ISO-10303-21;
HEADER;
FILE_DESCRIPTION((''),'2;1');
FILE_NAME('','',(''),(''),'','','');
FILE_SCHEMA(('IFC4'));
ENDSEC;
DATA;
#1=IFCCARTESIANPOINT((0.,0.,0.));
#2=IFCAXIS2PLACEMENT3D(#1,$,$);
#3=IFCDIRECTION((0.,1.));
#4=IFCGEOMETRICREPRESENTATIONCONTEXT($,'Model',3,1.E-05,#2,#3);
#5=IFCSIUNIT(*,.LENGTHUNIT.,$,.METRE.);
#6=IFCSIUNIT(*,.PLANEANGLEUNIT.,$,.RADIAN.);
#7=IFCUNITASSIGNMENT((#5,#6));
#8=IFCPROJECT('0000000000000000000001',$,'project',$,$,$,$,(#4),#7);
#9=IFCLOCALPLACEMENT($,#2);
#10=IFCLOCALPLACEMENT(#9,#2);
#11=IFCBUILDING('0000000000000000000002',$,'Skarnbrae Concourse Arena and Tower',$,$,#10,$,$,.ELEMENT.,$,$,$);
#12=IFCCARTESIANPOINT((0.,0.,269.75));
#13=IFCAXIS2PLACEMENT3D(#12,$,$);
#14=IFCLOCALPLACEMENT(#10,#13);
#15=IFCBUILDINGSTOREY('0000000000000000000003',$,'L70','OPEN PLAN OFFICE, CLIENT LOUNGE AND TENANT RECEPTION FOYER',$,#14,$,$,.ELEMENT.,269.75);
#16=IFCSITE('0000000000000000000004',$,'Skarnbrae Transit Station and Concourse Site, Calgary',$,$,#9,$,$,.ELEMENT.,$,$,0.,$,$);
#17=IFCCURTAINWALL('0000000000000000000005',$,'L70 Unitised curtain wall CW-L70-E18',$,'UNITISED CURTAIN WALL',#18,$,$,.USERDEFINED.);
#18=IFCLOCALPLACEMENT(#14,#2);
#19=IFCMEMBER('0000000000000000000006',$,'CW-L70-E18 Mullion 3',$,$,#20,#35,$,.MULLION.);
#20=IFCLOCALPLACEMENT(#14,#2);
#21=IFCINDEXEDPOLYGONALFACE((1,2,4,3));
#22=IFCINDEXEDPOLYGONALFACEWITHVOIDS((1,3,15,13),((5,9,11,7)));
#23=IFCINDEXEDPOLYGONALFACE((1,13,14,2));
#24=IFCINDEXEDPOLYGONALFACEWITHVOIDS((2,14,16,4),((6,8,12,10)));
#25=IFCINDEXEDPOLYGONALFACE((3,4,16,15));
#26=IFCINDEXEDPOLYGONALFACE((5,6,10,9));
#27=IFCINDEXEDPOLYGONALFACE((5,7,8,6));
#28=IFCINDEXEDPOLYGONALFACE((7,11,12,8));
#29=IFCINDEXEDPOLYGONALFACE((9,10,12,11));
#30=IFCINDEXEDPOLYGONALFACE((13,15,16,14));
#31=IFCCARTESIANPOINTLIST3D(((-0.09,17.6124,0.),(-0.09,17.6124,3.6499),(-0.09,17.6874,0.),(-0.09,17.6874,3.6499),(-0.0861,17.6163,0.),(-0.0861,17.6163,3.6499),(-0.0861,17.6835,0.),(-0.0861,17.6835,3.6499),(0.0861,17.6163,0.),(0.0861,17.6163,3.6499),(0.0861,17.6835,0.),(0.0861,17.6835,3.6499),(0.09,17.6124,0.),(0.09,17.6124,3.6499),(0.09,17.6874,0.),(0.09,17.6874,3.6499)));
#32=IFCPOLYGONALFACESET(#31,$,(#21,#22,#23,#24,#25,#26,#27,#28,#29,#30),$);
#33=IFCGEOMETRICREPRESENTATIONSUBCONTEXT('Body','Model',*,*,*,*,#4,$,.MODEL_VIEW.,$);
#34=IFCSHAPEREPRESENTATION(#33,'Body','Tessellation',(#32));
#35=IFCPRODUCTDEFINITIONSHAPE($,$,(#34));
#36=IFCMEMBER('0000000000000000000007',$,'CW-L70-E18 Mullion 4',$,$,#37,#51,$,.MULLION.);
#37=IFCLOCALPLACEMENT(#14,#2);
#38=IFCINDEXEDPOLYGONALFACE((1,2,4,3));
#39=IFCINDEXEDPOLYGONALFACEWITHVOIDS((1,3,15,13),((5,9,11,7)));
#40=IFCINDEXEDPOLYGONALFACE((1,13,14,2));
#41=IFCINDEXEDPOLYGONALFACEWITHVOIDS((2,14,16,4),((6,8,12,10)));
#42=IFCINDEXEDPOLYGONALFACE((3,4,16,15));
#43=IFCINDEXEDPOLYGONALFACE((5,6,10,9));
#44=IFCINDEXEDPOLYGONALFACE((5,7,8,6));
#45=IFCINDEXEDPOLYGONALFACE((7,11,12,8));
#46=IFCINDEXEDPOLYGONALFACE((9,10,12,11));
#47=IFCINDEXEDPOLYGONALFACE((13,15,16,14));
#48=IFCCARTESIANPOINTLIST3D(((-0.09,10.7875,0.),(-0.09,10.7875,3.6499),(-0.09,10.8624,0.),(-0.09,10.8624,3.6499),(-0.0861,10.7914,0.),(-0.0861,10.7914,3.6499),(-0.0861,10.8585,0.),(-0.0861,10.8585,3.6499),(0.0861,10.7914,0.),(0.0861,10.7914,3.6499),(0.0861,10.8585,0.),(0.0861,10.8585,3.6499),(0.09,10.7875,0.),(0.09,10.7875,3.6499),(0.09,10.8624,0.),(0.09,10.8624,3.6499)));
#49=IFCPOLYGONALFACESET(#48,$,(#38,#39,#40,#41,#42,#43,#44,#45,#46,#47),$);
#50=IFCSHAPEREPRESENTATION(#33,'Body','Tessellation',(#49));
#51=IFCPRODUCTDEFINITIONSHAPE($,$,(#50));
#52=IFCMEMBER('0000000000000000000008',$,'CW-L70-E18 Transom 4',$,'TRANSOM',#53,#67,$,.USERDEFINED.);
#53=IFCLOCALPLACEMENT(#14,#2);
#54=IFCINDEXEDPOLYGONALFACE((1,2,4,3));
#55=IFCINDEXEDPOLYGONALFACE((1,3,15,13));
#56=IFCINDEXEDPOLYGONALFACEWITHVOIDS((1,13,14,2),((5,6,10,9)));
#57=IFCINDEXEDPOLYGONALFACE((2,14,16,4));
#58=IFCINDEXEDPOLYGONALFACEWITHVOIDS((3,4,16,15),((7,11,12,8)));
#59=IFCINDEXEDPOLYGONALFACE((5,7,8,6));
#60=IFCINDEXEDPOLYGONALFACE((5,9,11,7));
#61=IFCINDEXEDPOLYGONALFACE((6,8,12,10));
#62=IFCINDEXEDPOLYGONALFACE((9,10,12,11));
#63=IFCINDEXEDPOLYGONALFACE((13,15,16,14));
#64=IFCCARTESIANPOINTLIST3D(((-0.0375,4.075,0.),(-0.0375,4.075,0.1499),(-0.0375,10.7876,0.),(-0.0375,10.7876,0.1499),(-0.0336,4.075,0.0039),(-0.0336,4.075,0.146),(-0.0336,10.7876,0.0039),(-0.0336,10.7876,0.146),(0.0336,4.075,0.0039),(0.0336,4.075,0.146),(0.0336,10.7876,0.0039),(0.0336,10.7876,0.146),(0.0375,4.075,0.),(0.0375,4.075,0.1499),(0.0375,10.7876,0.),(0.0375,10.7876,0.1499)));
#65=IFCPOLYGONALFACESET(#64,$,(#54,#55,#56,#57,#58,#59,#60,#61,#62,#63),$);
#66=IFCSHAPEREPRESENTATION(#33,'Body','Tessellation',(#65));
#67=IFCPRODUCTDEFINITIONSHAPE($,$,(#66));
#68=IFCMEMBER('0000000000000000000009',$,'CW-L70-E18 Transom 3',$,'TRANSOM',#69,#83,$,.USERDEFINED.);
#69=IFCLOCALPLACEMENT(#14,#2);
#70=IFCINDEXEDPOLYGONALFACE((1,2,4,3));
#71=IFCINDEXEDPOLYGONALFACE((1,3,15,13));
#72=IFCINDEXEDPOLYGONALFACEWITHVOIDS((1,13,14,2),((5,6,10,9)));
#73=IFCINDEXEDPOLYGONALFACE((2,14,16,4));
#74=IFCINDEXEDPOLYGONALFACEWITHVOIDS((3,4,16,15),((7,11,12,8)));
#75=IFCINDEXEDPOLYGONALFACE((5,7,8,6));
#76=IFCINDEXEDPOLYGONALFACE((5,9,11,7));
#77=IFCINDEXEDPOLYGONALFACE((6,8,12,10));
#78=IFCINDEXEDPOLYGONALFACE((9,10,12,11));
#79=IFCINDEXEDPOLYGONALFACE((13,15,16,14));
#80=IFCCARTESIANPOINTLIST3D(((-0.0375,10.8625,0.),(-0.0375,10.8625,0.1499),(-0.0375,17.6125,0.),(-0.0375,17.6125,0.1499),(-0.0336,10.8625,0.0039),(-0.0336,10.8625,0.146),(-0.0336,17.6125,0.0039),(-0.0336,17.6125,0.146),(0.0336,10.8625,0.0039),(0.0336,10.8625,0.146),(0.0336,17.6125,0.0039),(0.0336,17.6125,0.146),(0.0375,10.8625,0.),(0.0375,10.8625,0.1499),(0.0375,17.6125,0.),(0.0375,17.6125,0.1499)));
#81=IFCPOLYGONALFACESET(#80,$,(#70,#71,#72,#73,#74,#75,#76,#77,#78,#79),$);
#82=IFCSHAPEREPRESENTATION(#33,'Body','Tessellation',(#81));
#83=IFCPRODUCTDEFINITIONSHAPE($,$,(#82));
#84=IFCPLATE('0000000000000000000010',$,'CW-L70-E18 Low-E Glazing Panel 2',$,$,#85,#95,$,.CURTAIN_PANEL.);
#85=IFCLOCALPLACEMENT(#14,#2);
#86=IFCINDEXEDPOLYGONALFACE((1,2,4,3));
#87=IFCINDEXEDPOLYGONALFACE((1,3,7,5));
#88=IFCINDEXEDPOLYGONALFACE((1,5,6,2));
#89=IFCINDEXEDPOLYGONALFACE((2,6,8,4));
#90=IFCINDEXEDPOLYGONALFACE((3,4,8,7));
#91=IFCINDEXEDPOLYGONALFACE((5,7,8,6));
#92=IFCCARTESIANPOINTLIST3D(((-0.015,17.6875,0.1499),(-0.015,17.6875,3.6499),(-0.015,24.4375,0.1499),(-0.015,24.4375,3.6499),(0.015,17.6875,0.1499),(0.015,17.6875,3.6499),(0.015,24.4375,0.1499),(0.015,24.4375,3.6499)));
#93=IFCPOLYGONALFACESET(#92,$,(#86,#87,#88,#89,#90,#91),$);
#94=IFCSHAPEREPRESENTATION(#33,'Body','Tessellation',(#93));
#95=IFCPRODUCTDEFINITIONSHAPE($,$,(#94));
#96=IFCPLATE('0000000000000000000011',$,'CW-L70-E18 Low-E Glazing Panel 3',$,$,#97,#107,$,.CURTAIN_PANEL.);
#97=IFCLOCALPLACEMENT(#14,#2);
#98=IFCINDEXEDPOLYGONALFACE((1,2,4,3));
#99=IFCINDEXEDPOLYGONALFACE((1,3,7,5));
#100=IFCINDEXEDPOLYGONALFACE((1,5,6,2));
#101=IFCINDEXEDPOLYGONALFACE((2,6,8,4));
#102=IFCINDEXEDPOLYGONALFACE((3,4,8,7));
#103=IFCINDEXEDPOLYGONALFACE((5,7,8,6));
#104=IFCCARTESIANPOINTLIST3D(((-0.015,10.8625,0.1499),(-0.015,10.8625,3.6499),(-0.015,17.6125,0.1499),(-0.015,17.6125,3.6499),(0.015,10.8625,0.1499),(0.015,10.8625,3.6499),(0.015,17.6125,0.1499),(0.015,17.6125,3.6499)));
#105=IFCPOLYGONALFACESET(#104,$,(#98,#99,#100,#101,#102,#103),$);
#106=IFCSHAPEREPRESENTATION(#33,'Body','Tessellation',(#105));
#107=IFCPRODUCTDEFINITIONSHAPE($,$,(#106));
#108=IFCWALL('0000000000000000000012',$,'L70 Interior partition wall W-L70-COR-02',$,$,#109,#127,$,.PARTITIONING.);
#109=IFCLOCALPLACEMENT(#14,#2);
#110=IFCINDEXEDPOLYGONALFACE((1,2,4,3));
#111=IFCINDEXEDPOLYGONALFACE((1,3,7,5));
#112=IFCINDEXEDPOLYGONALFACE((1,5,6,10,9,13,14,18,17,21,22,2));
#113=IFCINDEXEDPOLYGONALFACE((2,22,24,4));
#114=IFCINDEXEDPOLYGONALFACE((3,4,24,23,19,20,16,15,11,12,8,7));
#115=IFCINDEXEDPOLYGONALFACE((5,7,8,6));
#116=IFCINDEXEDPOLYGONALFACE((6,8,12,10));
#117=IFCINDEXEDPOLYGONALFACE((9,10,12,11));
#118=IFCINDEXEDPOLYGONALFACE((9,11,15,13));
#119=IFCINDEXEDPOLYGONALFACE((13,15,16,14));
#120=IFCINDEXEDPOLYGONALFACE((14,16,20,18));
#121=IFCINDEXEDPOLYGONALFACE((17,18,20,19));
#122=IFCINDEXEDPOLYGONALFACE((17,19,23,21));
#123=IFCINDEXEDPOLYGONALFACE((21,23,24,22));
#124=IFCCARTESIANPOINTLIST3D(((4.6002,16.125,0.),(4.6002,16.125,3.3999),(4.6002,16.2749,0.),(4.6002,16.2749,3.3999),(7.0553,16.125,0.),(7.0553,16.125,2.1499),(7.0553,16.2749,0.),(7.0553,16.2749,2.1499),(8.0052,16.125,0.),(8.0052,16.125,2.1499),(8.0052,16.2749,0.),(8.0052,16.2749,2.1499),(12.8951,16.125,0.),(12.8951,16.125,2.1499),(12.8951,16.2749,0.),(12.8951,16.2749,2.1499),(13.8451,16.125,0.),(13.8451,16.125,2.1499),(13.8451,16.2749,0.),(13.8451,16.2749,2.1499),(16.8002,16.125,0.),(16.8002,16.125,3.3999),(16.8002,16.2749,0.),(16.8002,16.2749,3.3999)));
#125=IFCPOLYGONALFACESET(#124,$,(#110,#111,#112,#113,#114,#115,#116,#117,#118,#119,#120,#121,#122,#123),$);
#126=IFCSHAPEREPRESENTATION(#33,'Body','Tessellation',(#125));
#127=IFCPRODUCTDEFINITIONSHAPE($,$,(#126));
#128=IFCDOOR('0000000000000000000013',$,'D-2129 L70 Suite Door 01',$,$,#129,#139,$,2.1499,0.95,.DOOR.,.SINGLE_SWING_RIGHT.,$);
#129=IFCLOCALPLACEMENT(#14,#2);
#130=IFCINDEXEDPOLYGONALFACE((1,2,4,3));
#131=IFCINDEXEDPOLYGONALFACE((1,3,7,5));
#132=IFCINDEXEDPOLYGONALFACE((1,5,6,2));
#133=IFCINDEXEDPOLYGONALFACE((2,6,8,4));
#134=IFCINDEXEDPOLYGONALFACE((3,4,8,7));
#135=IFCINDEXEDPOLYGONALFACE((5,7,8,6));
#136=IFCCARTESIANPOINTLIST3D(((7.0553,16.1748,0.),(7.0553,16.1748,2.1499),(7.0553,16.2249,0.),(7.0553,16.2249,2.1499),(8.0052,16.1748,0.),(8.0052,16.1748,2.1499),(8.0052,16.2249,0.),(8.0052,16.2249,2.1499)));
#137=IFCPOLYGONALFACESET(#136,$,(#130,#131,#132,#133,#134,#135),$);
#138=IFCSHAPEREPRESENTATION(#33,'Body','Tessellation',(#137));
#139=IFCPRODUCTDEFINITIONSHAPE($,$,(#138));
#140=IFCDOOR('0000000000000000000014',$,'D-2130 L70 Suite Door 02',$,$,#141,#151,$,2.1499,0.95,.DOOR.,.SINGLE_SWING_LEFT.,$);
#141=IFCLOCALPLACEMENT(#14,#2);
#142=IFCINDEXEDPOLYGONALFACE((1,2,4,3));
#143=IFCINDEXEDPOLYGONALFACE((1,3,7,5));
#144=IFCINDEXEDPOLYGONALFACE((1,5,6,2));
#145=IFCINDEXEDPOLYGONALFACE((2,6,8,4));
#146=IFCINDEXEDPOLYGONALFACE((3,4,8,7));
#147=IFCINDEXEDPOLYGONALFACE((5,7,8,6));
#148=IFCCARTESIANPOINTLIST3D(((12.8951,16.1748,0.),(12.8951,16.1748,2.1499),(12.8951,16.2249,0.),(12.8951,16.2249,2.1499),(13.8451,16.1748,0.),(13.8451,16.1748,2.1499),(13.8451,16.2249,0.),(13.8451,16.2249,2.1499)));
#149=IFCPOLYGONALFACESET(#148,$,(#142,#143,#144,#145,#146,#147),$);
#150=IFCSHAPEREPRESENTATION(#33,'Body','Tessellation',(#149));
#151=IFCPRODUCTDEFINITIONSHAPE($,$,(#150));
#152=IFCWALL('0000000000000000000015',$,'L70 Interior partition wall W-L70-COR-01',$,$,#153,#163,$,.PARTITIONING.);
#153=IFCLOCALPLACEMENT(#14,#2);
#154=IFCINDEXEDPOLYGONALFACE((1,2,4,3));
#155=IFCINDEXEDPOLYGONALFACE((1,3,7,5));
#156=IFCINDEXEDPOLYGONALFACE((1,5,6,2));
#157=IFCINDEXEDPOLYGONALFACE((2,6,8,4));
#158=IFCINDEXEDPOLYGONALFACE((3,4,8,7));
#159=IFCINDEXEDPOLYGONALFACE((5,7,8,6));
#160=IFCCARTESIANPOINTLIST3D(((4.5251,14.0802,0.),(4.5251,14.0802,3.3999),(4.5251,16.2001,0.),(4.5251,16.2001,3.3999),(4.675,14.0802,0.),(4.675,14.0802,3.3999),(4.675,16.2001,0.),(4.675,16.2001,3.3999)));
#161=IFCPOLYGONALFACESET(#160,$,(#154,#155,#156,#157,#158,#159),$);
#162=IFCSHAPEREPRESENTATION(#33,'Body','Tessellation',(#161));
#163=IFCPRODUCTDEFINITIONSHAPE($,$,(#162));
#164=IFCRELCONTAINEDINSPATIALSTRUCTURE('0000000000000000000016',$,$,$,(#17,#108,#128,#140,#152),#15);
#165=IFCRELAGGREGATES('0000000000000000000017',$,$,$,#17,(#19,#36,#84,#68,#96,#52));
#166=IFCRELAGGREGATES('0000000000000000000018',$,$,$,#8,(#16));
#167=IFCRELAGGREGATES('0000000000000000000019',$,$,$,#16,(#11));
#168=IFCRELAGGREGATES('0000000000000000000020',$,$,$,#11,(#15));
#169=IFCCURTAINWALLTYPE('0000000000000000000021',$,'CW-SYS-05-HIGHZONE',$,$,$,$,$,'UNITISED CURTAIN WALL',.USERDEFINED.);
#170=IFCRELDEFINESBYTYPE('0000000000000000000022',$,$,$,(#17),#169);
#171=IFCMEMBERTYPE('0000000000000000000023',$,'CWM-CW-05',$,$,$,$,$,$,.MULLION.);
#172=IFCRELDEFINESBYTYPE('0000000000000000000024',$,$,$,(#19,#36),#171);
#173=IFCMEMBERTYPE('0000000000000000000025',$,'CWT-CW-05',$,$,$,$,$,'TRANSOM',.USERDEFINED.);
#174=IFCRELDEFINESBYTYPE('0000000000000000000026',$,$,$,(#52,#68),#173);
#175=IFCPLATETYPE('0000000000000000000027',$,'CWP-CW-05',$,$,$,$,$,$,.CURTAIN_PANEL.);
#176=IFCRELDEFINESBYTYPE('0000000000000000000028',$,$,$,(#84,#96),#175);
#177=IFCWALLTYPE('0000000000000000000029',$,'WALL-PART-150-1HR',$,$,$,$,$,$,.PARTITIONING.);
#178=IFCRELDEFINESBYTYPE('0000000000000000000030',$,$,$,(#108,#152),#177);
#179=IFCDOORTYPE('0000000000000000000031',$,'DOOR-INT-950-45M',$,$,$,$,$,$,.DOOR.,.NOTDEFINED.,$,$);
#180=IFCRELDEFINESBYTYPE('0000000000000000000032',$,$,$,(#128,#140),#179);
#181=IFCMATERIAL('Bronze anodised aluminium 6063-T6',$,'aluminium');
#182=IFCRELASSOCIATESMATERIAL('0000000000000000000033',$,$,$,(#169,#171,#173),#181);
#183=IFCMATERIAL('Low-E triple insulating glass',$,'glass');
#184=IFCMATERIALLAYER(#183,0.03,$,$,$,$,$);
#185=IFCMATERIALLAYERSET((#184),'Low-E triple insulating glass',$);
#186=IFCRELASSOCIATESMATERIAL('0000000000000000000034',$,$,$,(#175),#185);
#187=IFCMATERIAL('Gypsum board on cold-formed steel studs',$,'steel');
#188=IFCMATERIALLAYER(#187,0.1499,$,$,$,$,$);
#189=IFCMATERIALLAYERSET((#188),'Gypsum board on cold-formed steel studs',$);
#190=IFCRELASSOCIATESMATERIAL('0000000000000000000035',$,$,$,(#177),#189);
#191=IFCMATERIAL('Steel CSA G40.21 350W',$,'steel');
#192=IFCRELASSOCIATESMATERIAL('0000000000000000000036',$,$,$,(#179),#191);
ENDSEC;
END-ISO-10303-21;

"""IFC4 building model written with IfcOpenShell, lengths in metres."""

from ifc_helpers import new_model, si_unit, direction, frame, frame_2d, origin, origin_2d, place, context, subcontext, project, spatial, rectangle, hollow_rectangle, extrude, source, transform, mapped, material, layer, layer_set, material_profile, profile_set, type_object, element, fill, aggregate, save


model = new_model("IFC4")

# Units and contexts
model_context = context("Model", 3, precision=1e-05, world=origin(), true_north=direction((0.0, 1.0)))
body_context = subcontext(model_context, "Body", "Model", "MODEL_VIEW")
ifc_project = project(units=[si_unit("LENGTHUNIT", "METRE"), si_unit("PLANEANGLEUNIT", "RADIAN")], contexts=[model_context])

# Site, building, storey
site_placement = place(None, origin())
site = spatial("IfcSite", under=ifc_project, at=site_placement, Name="Skarnbrae Transit Station and Concourse Site, Calgary", CompositionType="ELEMENT", RefElevation=0.0)
building_placement = place(site_placement, origin())
building = spatial("IfcBuilding", under=site, at=building_placement, Name="Skarnbrae Concourse Arena and Tower", CompositionType="ELEMENT")
storey_placement = place(building_placement, frame((0.0, 0.0, 269.75)))
storey = spatial("IfcBuildingStorey", under=building, at=storey_placement, Name="L70", Description="OPEN PLAN OFFICE, CLIENT LOUNGE AND TENANT RECEPTION FOYER", CompositionType="ELEMENT", Elevation=269.75)

# Shared definitions
ifc_material_1 = material(Name="Steel CSA G40.21 350W", Category="steel")

# Curtain wall, members, plates
ifc_material_2 = material(Name="Bronze anodised aluminium 6063-T6", Category="aluminium")
curtain_wall_type = type_object("IfcCurtainWallType", Name="CW-SYS-05-HIGHZONE", ElementType="UNITISED CURTAIN WALL", PredefinedType="USERDEFINED", material=ifc_material_2)
curtain_wall_placement = place(storey_placement, origin())
curtain_wall = element("IfcCurtainWall", 1, at=curtain_wall_placement, inside=storey, type_object=curtain_wall_type, Name="L70 Unitised curtain wall CW-L70-E18", ObjectType="UNITISED CURTAIN WALL", PredefinedType="USERDEFINED")
ifc_material_profile_1 = material_profile(ifc_material_2, hollow_rectangle(XDim=0.075, YDim=0.1799, WallThickness=0.0039, at=origin_2d()), Name="ALU-MULL-75X180")
ifc_profile_set_1 = profile_set([ifc_material_profile_1], Name="Bronze anodised aluminium 6063-T6")
member_type_1 = type_object("IfcMemberType", Name="CWM-CW-05", PredefinedType="MULLION", material=ifc_profile_set_1)
shared_shape_1 = source(origin(), body_context, "Body", "SweptSolid", [
    extrude(hollow_rectangle(XDim=0.075, YDim=0.1799, WallThickness=0.0039, at=origin_2d()), origin(), (0.0, 0.0, 1.0), 3.6499),
])
member_1_placement = place(storey_placement, frame((0.0, 17.6499, 0.0), z_axis=(0.0, 0.0, 1.0), x_axis=(0.0, -1.0, 0.0)))
member_1 = element("IfcMember", 2, at=member_1_placement, type_object=member_type_1, Name="CW-L70-E18 Mullion 3", PredefinedType="MULLION", context=body_context, shape_type="MappedRepresentation", body=[
    mapped(shared_shape_1, transform((0.0, 0.0, 0.0))),
])
member_2_placement = place(storey_placement, frame((0.0, 10.825, 0.0), z_axis=(0.0, 0.0, 1.0), x_axis=(0.0, -1.0, 0.0)))
member_2 = element("IfcMember", 3, at=member_2_placement, type_object=member_type_1, Name="CW-L70-E18 Mullion 4", PredefinedType="MULLION", context=body_context, shape_type="MappedRepresentation", body=[
    mapped(shared_shape_1, transform((0.0, 0.0, 0.0))),
])
ifc_material_profile_2 = material_profile(ifc_material_2, hollow_rectangle(XDim=0.075, YDim=0.1499, WallThickness=0.0039, at=origin_2d()), Name="ALU-TRAN-75X150")
ifc_profile_set_2 = profile_set([ifc_material_profile_2], Name="Bronze anodised aluminium 6063-T6")
member_type_2 = type_object("IfcMemberType", Name="CWT-CW-05", ElementType="TRANSOM", PredefinedType="USERDEFINED", material=ifc_profile_set_2)
shared_shape_2 = source(origin(), body_context, "Body", "SweptSolid", [
    extrude(hollow_rectangle(XDim=0.075, YDim=0.1499, WallThickness=0.0039, at=origin_2d()), origin(), (0.0, 0.0, 1.0), 6.7126),
])
member_3_placement = place(storey_placement, frame((0.0, 10.7876, 0.075), z_axis=(0.0, -1.0, 0.0), x_axis=(1.0, 0.0, 0.0)))
member_3 = element("IfcMember", 4, at=member_3_placement, type_object=member_type_2, Name="CW-L70-E18 Transom 4", ObjectType="TRANSOM", PredefinedType="USERDEFINED", context=body_context, shape_type="MappedRepresentation", body=[
    mapped(shared_shape_2, transform((0.0, 0.0, 0.0))),
])
shared_shape_3 = source(origin(), body_context, "Body", "SweptSolid", [
    extrude(hollow_rectangle(XDim=0.075, YDim=0.1499, WallThickness=0.0039, at=origin_2d()), origin(), (0.0, 0.0, 1.0), 6.75),
])
member_4_placement = place(storey_placement, frame((0.0, 17.6125, 0.075), z_axis=(0.0, -1.0, 0.0), x_axis=(1.0, 0.0, 0.0)))
member_4 = element("IfcMember", 5, at=member_4_placement, type_object=member_type_2, Name="CW-L70-E18 Transom 3", ObjectType="TRANSOM", PredefinedType="USERDEFINED", context=body_context, shape_type="MappedRepresentation", body=[
    mapped(shared_shape_3, transform((0.0, 0.0, 0.0))),
])
ifc_material_3 = material(Name="Low-E triple insulating glass", Category="glass")
ifc_layer_1 = layer(ifc_material_3, 0.03)
ifc_layer_set_1 = layer_set([ifc_layer_1], Name="Low-E triple insulating glass")
plate_type = type_object("IfcPlateType", Name="CWP-CW-05", PredefinedType="CURTAIN_PANEL", material=ifc_layer_set_1)
shared_shape_4 = source(origin(), body_context, "Body", "SweptSolid", [
    extrude(rectangle(XDim=6.75, YDim=0.03, at=origin_2d()), origin(), (0.0, 0.0, 1.0), 3.5),
])
plate_1_placement = place(storey_placement, frame((0.0, 21.0625, 0.1499), z_axis=(0.0, 0.0, 1.0), x_axis=(0.0, -1.0, 0.0)))
plate_1 = element("IfcPlate", 6, at=plate_1_placement, type_object=plate_type, Name="CW-L70-E18 Low-E Glazing Panel 2", PredefinedType="CURTAIN_PANEL", context=body_context, shape_type="MappedRepresentation", body=[
    mapped(shared_shape_4, transform((0.0, 0.0, 0.0))),
])
plate_2_placement = place(storey_placement, frame((0.0, 14.2375, 0.1499), z_axis=(0.0, 0.0, 1.0), x_axis=(0.0, -1.0, 0.0)))
plate_2 = element("IfcPlate", 7, at=plate_2_placement, type_object=plate_type, Name="CW-L70-E18 Low-E Glazing Panel 3", PredefinedType="CURTAIN_PANEL", context=body_context, shape_type="MappedRepresentation", body=[
    mapped(shared_shape_4, transform((0.0, 0.0, 0.0))),
])
aggregate(curtain_wall, [member_1, member_2, plate_1, member_4, plate_2, member_3])

# Wall, openings, doors
ifc_material_4 = material(Name="Gypsum board on cold-formed steel studs", Category="steel")
ifc_layer_2 = layer(ifc_material_4, 0.1499)
ifc_layer_set_2 = layer_set([ifc_layer_2], Name="Gypsum board on cold-formed steel studs")
wall_type_1 = type_object("IfcWallType", Name="WALL-PART-150-1HR", PredefinedType="PARTITIONING", material=ifc_layer_set_2)
shared_shape_5 = source(origin(), body_context, "Body", "SweptSolid", [
    extrude(rectangle(XDim=12.2, YDim=0.1499, at=frame_2d((6.1001, 0.0))), origin(), (0.0, 0.0, 1.0), 3.3999),
])
wall_1_placement = place(storey_placement, frame((4.6001, 16.2, 0.0), z_axis=(0.0, 0.0, 1.0), x_axis=(1.0, 0.0, 0.0)))
wall_1 = element("IfcWall", 8, at=wall_1_placement, inside=storey, type_object=wall_type_1, Name="L70 Interior partition wall W-L70-COR-02", PredefinedType="PARTITIONING", context=body_context, shape_type="MappedRepresentation", body=[
    mapped(shared_shape_5, transform((0.0, 0.0, 0.0))),
])
opening_1_placement = place(wall_1_placement, frame((2.4551, 0.0, 0.0)))
opening_1 = element("IfcOpeningElement", 9, at=opening_1_placement, cuts=wall_1, PredefinedType="OPENING", context=body_context, shape_type="SweptSolid", body=[
    extrude(rectangle(XDim=0.95, YDim=2.1499, at=frame_2d((0.4751, 1.075))), frame((0.0, 0.085, 0.0), z_axis=(0.0, -1.0, 0.0), x_axis=(1.0, 0.0, 0.0)), (0.0, 0.0, 1.0), 0.1699),
])
opening_2_placement = place(wall_1_placement, frame((8.2949, 0.0, 0.0)))
opening_2 = element("IfcOpeningElement", 10, at=opening_2_placement, cuts=wall_1, PredefinedType="OPENING", context=body_context, shape_type="SweptSolid", body=[
    extrude(rectangle(XDim=0.95, YDim=2.1499, at=frame_2d((0.4751, 1.075))), frame((0.0, 0.085, 0.0), z_axis=(0.0, -1.0, 0.0), x_axis=(1.0, 0.0, 0.0)), (0.0, 0.0, 1.0), 0.1699),
])
door_type_1 = type_object("IfcDoorType", Name="DOOR-INT-950-45M", OperationType="NOTDEFINED", PredefinedType="DOOR", material=ifc_material_1)
shared_shape_6 = source(origin(), body_context, "Body", "SweptSolid", [
    extrude(rectangle(XDim=0.95, YDim=2.1499, at=frame_2d((0.4751, 1.075))), frame((0.0, 0.0249, 0.0), z_axis=(0.0, -1.0, 0.0), x_axis=(1.0, 0.0, 0.0)), (0.0, 0.0, 1.0), 0.05),
])
door_1_placement = place(opening_1_placement, origin())
door_1 = element("IfcDoor", 11, at=door_1_placement, inside=storey, type_object=door_type_1, Name="D-2129 L70 Suite Door 01", OperationType="SINGLE_SWING_RIGHT", OverallHeight=2.1499, OverallWidth=0.95, PredefinedType="DOOR", context=body_context, shape_type="MappedRepresentation", body=[
    mapped(shared_shape_6, transform((0.0, 0.0, 0.0))),
])
fill(opening_1, door_1)
door_2_placement = place(opening_2_placement, origin())
door_2 = element("IfcDoor", 12, at=door_2_placement, inside=storey, type_object=door_type_1, Name="D-2130 L70 Suite Door 02", OperationType="SINGLE_SWING_LEFT", OverallHeight=2.1499, OverallWidth=0.95, PredefinedType="DOOR", context=body_context, shape_type="MappedRepresentation", body=[
    mapped(shared_shape_6, transform((0.0, 0.0, 0.0))),
])
fill(opening_2, door_2)

# Wall
shared_shape_7 = source(origin(), body_context, "Body", "SweptSolid", [
    extrude(rectangle(XDim=2.1199, YDim=0.1499, at=frame_2d((1.0601, 0.0))), origin(), (0.0, 0.0, 1.0), 3.3999),
])
wall_2_placement = place(storey_placement, frame((4.6001, 14.0801, 0.0), z_axis=(0.0, 0.0, 1.0), x_axis=(0.0, 1.0, 0.0)))
element("IfcWall", 13, at=wall_2_placement, inside=storey, type_object=wall_type_1, Name="L70 Interior partition wall W-L70-COR-01", PredefinedType="PARTITIONING", context=body_context, shape_type="MappedRepresentation", body=[
    mapped(shared_shape_7, transform((0.0, 0.0, 0.0))),
])

save(model, "model.ifc")
